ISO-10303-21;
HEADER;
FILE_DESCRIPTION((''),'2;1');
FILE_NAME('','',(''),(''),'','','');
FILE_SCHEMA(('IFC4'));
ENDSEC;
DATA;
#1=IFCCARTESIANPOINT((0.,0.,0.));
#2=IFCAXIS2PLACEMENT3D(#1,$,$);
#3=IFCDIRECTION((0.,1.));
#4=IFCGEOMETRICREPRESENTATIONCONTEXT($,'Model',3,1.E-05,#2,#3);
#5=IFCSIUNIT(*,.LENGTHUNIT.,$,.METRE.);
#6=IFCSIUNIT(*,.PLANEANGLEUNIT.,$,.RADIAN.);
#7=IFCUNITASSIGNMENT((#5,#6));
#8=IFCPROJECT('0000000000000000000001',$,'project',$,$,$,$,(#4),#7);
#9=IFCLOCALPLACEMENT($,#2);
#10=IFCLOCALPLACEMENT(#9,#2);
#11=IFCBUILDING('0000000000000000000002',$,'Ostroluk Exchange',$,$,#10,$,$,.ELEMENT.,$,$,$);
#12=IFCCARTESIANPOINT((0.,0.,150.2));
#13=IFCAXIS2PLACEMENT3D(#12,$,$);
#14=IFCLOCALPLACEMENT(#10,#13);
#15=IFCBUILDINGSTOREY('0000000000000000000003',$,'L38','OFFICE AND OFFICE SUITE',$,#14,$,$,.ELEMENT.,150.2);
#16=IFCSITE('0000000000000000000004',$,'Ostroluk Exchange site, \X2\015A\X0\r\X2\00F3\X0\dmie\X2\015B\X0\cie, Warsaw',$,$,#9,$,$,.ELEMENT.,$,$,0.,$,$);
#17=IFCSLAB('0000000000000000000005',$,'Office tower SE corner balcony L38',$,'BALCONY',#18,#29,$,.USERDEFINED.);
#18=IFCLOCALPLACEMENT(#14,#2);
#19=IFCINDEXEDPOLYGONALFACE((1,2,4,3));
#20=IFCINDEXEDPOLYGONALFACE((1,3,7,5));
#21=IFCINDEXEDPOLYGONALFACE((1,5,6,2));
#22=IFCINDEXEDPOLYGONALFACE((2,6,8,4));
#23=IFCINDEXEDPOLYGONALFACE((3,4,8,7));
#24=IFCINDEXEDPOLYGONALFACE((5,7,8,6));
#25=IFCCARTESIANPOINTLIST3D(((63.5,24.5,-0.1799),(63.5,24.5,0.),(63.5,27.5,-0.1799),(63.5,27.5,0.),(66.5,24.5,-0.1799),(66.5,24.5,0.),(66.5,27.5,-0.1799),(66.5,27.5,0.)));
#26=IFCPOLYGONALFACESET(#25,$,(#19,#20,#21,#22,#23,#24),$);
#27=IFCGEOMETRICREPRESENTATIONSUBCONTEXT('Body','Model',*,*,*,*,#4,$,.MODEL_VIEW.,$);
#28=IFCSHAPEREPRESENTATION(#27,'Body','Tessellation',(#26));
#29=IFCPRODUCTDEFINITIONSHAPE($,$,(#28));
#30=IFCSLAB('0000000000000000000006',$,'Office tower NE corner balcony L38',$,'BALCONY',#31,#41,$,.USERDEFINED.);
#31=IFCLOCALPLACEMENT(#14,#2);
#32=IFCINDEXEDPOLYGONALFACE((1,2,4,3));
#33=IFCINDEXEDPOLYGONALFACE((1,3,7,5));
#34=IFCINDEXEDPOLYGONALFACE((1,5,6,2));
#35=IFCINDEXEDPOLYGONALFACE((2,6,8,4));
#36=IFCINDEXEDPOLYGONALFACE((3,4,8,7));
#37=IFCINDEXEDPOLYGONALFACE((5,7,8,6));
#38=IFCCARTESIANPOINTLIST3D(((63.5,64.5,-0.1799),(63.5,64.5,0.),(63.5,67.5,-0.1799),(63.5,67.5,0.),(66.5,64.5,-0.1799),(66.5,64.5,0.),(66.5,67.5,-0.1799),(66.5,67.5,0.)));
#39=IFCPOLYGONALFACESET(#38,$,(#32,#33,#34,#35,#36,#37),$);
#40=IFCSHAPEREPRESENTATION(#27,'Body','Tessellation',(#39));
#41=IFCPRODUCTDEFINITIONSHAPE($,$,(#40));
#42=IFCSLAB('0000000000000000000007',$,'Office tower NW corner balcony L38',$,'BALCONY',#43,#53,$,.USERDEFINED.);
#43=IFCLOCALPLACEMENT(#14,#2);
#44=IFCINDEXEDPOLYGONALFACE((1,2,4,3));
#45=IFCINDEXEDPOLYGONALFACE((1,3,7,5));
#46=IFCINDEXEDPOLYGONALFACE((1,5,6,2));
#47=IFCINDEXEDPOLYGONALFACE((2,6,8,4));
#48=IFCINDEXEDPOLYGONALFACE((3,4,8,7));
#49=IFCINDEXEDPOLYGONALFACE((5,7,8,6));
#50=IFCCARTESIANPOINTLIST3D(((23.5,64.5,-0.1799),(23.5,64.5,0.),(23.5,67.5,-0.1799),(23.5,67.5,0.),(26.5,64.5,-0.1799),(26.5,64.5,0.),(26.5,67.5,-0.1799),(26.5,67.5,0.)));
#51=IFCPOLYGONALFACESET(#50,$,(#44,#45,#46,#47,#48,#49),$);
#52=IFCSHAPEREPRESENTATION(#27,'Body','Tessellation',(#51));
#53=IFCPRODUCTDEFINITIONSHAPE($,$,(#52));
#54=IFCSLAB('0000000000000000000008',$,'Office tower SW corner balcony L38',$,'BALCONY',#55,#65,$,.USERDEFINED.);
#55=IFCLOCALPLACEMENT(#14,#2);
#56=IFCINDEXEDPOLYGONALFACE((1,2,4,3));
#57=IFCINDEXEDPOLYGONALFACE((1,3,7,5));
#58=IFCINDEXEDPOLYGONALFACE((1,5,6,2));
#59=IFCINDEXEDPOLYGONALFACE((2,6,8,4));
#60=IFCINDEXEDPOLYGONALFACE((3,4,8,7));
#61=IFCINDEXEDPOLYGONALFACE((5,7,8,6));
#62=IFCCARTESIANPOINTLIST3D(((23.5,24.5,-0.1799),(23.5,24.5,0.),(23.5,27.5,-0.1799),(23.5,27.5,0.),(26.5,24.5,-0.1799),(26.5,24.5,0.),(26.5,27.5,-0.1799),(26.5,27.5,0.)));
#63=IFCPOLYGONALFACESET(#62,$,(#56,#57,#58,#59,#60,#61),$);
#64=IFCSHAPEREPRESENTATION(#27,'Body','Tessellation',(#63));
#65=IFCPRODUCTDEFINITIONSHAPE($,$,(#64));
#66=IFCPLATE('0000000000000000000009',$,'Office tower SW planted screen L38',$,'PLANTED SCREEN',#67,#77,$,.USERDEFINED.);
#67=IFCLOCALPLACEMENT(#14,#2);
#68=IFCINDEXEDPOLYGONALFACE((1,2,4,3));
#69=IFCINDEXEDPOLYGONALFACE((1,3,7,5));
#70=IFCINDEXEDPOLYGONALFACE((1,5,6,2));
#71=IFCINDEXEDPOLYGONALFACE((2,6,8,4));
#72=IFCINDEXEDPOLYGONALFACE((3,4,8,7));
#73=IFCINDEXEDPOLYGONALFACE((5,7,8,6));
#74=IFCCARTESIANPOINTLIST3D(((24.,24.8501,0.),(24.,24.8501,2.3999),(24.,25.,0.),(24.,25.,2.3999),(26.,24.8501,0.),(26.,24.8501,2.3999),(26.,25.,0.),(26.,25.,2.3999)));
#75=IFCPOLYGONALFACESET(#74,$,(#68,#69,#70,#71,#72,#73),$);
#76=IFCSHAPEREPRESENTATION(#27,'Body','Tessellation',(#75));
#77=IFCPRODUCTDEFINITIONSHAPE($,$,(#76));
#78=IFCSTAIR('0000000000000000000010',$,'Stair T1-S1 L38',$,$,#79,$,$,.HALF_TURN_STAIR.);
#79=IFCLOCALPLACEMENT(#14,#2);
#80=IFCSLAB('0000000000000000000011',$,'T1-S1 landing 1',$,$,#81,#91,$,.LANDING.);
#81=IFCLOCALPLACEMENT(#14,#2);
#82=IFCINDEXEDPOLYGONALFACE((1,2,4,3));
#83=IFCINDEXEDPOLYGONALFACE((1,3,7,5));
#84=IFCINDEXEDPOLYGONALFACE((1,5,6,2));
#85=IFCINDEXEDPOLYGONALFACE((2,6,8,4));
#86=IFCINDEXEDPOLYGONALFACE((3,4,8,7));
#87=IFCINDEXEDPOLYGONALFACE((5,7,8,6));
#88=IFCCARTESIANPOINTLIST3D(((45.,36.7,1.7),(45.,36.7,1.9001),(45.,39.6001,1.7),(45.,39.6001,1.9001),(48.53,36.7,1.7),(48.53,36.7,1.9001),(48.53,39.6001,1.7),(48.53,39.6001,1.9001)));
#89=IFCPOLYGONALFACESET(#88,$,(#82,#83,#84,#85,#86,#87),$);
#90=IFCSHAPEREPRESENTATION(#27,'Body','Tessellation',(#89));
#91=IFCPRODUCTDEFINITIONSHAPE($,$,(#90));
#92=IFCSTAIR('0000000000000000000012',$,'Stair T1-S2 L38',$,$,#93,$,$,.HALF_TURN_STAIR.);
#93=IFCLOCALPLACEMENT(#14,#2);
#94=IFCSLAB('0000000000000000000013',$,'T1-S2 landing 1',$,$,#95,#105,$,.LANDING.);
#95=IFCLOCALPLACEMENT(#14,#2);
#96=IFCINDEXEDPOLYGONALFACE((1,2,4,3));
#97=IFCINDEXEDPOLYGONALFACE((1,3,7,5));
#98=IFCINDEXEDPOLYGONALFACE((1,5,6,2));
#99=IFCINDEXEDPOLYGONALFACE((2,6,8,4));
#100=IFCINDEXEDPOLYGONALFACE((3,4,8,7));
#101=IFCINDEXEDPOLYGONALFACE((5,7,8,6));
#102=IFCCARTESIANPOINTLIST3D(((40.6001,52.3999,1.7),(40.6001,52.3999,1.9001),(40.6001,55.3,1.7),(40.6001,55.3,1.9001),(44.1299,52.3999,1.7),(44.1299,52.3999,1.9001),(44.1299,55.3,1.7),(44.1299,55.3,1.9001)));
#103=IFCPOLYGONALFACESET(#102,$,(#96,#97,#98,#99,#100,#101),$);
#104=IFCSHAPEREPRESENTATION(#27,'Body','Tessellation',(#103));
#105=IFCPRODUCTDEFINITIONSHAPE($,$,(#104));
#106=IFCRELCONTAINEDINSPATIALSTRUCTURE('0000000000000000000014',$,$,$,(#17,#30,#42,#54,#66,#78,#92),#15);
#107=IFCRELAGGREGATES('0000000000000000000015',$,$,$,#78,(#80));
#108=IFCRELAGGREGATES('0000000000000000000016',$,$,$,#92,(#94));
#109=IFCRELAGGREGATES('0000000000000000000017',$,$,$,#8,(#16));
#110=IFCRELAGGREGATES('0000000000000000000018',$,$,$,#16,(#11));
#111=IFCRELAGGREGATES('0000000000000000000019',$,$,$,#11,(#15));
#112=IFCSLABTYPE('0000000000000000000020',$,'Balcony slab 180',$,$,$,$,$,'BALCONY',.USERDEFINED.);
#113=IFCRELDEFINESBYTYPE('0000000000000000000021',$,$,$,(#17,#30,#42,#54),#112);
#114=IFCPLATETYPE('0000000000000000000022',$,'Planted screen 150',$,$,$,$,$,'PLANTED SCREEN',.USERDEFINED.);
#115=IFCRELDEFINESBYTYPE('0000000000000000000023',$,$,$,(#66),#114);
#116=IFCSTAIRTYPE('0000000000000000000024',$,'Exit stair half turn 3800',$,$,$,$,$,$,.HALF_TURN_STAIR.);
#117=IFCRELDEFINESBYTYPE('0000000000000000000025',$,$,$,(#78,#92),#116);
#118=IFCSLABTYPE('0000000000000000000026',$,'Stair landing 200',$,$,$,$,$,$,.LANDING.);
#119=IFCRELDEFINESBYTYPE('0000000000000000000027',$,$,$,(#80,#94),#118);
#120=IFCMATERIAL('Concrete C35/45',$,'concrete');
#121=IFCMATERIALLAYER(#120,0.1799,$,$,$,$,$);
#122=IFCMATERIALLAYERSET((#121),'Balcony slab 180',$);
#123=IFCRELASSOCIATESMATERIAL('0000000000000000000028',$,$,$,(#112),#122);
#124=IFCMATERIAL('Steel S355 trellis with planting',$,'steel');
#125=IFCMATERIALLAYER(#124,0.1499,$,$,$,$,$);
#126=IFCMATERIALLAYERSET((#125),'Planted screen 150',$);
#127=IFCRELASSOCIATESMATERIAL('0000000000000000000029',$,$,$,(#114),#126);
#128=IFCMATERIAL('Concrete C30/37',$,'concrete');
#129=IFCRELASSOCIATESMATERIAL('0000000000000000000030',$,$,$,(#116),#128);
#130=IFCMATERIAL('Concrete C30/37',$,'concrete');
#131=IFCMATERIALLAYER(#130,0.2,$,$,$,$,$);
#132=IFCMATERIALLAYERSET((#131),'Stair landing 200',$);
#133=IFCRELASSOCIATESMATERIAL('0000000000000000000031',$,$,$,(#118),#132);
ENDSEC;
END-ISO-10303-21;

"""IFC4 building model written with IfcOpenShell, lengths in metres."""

from ifc_helpers import new_model, si_unit, direction, frame, origin, origin_2d, place, context, subcontext, project, spatial, polyline, rectangle, outline, extrude, material, layer, layer_set, type_object, element, aggregate, save


model = new_model("IFC4")

# Units and contexts
model_context = context("Model", 3, precision=1e-05, world=origin(), true_north=direction((0.0, 1.0)))
body_context = subcontext(model_context, "Body", "Model", "MODEL_VIEW")
ifc_project = project(units=[si_unit("LENGTHUNIT", "METRE"), si_unit("PLANEANGLEUNIT", "RADIAN")], contexts=[model_context])

# Site, building, storey
site_placement = place(None, origin())
site = spatial("IfcSite", under=ifc_project, at=site_placement, Name="Ostroluk Exchange site, Śródmieście, Warsaw", CompositionType="ELEMENT", RefElevation=0.0)
building_placement = place(site_placement, origin())
building = spatial("IfcBuilding", under=site, at=building_placement, Name="Ostroluk Exchange", CompositionType="ELEMENT")
storey_placement = place(building_placement, frame((0.0, 0.0, 150.2)))
storey = spatial("IfcBuildingStorey", under=building, at=storey_placement, Name="L38", Description="OFFICE AND OFFICE SUITE", CompositionType="ELEMENT", Elevation=150.2)

# Slabs
ifc_material_1 = material(Name="Concrete C35/45", Category="concrete")
ifc_layer_1 = layer(ifc_material_1, 0.1799)
ifc_layer_set_1 = layer_set([ifc_layer_1], Name="Balcony slab 180")
slab_type_1 = type_object("IfcSlabType", Name="Balcony slab 180", ElementType="BALCONY", PredefinedType="USERDEFINED", material=ifc_layer_set_1)
slab_1_placement = place(storey_placement, frame((0.0, 0.0, -0.1799)))
element("IfcSlab", 1, at=slab_1_placement, inside=storey, type_object=slab_type_1, Name="Office tower SE corner balcony L38", ObjectType="BALCONY", PredefinedType="USERDEFINED", context=body_context, shape_type="SweptSolid", body=[
    extrude(outline(polyline([(63.5, 24.5), (66.5, 24.5), (66.5, 27.5), (63.5, 27.5), (63.5, 24.5)])), origin(), (0.0, 0.0, 1.0), 0.1799),
])
slab_2_placement = place(storey_placement, frame((0.0, 0.0, -0.1799)))
element("IfcSlab", 2, at=slab_2_placement, inside=storey, type_object=slab_type_1, Name="Office tower NE corner balcony L38", ObjectType="BALCONY", PredefinedType="USERDEFINED", context=body_context, shape_type="SweptSolid", body=[
    extrude(outline(polyline([(63.5, 64.5), (66.5, 64.5), (66.5, 67.5), (63.5, 67.5), (63.5, 64.5)])), origin(), (0.0, 0.0, 1.0), 0.1799),
])
slab_3_placement = place(storey_placement, frame((0.0, 0.0, -0.1799)))
element("IfcSlab", 3, at=slab_3_placement, inside=storey, type_object=slab_type_1, Name="Office tower NW corner balcony L38", ObjectType="BALCONY", PredefinedType="USERDEFINED", context=body_context, shape_type="SweptSolid", body=[
    extrude(outline(polyline([(23.5, 64.5), (26.5, 64.5), (26.5, 67.5), (23.5, 67.5), (23.5, 64.5)])), origin(), (0.0, 0.0, 1.0), 0.1799),
])
slab_4_placement = place(storey_placement, frame((0.0, 0.0, -0.1799)))
element("IfcSlab", 4, at=slab_4_placement, inside=storey, type_object=slab_type_1, Name="Office tower SW corner balcony L38", ObjectType="BALCONY", PredefinedType="USERDEFINED", context=body_context, shape_type="SweptSolid", body=[
    extrude(outline(polyline([(23.5, 24.5), (26.5, 24.5), (26.5, 27.5), (23.5, 27.5), (23.5, 24.5)])), origin(), (0.0, 0.0, 1.0), 0.1799),
])

# Plate
ifc_material_2 = material(Name="Steel S355 trellis with planting", Category="steel")
ifc_layer_2 = layer(ifc_material_2, 0.1499)
ifc_layer_set_2 = layer_set([ifc_layer_2], Name="Planted screen 150")
plate_type_1 = type_object("IfcPlateType", Name="Planted screen 150", ElementType="PLANTED SCREEN", PredefinedType="USERDEFINED", material=ifc_layer_set_2)
plate_1_placement = place(storey_placement, frame((25.0, 24.925, 0.0), z_axis=(0.0, 0.0, 1.0), x_axis=(1.0, 0.0, 0.0)))
element("IfcPlate", 5, at=plate_1_placement, inside=storey, type_object=plate_type_1, Name="Office tower SW planted screen L38", ObjectType="PLANTED SCREEN", PredefinedType="USERDEFINED", context=body_context, shape_type="SweptSolid", body=[
    extrude(rectangle(XDim=2.0, YDim=0.1499, at=origin_2d()), origin(), (0.0, 0.0, 1.0), 2.3999),
])

# Stairs, slabs
ifc_material_3 = material(Name="Concrete C30/37", Category="concrete")
stair_type = type_object("IfcStairType", Name="Exit stair half turn 3800", PredefinedType="HALF_TURN_STAIR", material=ifc_material_3)
stair_1_placement = place(storey_placement, origin())
stair_1 = element("IfcStair", 6, at=stair_1_placement, inside=storey, type_object=stair_type, Name="Stair T1-S1 L38", PredefinedType="HALF_TURN_STAIR")
ifc_material_4 = material(Name="Concrete C30/37", Category="concrete")
ifc_layer_3 = layer(ifc_material_4, 0.2)
ifc_layer_set_3 = layer_set([ifc_layer_3], Name="Stair landing 200")
slab_type_2 = type_object("IfcSlabType", Name="Stair landing 200", PredefinedType="LANDING", material=ifc_layer_set_3)
slab_5_placement = place(storey_placement, frame((0.0, 0.0, 1.7)))
slab_5 = element("IfcSlab", 7, at=slab_5_placement, type_object=slab_type_2, Name="T1-S1 landing 1", PredefinedType="LANDING", context=body_context, shape_type="SweptSolid", body=[
    extrude(outline(polyline([(45.0, 36.7), (45.0, 39.6001), (48.53, 39.6001), (48.53, 36.7), (45.0, 36.7)])), origin(), (0.0, 0.0, 1.0), 0.2002),
])
aggregate(stair_1, [slab_5])
stair_2_placement = place(storey_placement, origin())
stair_2 = element("IfcStair", 8, at=stair_2_placement, inside=storey, type_object=stair_type, Name="Stair T1-S2 L38", PredefinedType="HALF_TURN_STAIR")
slab_6_placement = place(storey_placement, frame((0.0, 0.0, 1.7)))
slab_6 = element("IfcSlab", 9, at=slab_6_placement, type_object=slab_type_2, Name="T1-S2 landing 1", PredefinedType="LANDING", context=body_context, shape_type="SweptSolid", body=[
    extrude(outline(polyline([(44.1299, 52.3999), (44.1299, 55.3), (40.6001, 55.3), (40.6001, 52.3999), (44.1299, 52.3999)])), origin(), (0.0, 0.0, 1.0), 0.2002),
])
aggregate(stair_2, [slab_6])

save(model, "model.ifc")
